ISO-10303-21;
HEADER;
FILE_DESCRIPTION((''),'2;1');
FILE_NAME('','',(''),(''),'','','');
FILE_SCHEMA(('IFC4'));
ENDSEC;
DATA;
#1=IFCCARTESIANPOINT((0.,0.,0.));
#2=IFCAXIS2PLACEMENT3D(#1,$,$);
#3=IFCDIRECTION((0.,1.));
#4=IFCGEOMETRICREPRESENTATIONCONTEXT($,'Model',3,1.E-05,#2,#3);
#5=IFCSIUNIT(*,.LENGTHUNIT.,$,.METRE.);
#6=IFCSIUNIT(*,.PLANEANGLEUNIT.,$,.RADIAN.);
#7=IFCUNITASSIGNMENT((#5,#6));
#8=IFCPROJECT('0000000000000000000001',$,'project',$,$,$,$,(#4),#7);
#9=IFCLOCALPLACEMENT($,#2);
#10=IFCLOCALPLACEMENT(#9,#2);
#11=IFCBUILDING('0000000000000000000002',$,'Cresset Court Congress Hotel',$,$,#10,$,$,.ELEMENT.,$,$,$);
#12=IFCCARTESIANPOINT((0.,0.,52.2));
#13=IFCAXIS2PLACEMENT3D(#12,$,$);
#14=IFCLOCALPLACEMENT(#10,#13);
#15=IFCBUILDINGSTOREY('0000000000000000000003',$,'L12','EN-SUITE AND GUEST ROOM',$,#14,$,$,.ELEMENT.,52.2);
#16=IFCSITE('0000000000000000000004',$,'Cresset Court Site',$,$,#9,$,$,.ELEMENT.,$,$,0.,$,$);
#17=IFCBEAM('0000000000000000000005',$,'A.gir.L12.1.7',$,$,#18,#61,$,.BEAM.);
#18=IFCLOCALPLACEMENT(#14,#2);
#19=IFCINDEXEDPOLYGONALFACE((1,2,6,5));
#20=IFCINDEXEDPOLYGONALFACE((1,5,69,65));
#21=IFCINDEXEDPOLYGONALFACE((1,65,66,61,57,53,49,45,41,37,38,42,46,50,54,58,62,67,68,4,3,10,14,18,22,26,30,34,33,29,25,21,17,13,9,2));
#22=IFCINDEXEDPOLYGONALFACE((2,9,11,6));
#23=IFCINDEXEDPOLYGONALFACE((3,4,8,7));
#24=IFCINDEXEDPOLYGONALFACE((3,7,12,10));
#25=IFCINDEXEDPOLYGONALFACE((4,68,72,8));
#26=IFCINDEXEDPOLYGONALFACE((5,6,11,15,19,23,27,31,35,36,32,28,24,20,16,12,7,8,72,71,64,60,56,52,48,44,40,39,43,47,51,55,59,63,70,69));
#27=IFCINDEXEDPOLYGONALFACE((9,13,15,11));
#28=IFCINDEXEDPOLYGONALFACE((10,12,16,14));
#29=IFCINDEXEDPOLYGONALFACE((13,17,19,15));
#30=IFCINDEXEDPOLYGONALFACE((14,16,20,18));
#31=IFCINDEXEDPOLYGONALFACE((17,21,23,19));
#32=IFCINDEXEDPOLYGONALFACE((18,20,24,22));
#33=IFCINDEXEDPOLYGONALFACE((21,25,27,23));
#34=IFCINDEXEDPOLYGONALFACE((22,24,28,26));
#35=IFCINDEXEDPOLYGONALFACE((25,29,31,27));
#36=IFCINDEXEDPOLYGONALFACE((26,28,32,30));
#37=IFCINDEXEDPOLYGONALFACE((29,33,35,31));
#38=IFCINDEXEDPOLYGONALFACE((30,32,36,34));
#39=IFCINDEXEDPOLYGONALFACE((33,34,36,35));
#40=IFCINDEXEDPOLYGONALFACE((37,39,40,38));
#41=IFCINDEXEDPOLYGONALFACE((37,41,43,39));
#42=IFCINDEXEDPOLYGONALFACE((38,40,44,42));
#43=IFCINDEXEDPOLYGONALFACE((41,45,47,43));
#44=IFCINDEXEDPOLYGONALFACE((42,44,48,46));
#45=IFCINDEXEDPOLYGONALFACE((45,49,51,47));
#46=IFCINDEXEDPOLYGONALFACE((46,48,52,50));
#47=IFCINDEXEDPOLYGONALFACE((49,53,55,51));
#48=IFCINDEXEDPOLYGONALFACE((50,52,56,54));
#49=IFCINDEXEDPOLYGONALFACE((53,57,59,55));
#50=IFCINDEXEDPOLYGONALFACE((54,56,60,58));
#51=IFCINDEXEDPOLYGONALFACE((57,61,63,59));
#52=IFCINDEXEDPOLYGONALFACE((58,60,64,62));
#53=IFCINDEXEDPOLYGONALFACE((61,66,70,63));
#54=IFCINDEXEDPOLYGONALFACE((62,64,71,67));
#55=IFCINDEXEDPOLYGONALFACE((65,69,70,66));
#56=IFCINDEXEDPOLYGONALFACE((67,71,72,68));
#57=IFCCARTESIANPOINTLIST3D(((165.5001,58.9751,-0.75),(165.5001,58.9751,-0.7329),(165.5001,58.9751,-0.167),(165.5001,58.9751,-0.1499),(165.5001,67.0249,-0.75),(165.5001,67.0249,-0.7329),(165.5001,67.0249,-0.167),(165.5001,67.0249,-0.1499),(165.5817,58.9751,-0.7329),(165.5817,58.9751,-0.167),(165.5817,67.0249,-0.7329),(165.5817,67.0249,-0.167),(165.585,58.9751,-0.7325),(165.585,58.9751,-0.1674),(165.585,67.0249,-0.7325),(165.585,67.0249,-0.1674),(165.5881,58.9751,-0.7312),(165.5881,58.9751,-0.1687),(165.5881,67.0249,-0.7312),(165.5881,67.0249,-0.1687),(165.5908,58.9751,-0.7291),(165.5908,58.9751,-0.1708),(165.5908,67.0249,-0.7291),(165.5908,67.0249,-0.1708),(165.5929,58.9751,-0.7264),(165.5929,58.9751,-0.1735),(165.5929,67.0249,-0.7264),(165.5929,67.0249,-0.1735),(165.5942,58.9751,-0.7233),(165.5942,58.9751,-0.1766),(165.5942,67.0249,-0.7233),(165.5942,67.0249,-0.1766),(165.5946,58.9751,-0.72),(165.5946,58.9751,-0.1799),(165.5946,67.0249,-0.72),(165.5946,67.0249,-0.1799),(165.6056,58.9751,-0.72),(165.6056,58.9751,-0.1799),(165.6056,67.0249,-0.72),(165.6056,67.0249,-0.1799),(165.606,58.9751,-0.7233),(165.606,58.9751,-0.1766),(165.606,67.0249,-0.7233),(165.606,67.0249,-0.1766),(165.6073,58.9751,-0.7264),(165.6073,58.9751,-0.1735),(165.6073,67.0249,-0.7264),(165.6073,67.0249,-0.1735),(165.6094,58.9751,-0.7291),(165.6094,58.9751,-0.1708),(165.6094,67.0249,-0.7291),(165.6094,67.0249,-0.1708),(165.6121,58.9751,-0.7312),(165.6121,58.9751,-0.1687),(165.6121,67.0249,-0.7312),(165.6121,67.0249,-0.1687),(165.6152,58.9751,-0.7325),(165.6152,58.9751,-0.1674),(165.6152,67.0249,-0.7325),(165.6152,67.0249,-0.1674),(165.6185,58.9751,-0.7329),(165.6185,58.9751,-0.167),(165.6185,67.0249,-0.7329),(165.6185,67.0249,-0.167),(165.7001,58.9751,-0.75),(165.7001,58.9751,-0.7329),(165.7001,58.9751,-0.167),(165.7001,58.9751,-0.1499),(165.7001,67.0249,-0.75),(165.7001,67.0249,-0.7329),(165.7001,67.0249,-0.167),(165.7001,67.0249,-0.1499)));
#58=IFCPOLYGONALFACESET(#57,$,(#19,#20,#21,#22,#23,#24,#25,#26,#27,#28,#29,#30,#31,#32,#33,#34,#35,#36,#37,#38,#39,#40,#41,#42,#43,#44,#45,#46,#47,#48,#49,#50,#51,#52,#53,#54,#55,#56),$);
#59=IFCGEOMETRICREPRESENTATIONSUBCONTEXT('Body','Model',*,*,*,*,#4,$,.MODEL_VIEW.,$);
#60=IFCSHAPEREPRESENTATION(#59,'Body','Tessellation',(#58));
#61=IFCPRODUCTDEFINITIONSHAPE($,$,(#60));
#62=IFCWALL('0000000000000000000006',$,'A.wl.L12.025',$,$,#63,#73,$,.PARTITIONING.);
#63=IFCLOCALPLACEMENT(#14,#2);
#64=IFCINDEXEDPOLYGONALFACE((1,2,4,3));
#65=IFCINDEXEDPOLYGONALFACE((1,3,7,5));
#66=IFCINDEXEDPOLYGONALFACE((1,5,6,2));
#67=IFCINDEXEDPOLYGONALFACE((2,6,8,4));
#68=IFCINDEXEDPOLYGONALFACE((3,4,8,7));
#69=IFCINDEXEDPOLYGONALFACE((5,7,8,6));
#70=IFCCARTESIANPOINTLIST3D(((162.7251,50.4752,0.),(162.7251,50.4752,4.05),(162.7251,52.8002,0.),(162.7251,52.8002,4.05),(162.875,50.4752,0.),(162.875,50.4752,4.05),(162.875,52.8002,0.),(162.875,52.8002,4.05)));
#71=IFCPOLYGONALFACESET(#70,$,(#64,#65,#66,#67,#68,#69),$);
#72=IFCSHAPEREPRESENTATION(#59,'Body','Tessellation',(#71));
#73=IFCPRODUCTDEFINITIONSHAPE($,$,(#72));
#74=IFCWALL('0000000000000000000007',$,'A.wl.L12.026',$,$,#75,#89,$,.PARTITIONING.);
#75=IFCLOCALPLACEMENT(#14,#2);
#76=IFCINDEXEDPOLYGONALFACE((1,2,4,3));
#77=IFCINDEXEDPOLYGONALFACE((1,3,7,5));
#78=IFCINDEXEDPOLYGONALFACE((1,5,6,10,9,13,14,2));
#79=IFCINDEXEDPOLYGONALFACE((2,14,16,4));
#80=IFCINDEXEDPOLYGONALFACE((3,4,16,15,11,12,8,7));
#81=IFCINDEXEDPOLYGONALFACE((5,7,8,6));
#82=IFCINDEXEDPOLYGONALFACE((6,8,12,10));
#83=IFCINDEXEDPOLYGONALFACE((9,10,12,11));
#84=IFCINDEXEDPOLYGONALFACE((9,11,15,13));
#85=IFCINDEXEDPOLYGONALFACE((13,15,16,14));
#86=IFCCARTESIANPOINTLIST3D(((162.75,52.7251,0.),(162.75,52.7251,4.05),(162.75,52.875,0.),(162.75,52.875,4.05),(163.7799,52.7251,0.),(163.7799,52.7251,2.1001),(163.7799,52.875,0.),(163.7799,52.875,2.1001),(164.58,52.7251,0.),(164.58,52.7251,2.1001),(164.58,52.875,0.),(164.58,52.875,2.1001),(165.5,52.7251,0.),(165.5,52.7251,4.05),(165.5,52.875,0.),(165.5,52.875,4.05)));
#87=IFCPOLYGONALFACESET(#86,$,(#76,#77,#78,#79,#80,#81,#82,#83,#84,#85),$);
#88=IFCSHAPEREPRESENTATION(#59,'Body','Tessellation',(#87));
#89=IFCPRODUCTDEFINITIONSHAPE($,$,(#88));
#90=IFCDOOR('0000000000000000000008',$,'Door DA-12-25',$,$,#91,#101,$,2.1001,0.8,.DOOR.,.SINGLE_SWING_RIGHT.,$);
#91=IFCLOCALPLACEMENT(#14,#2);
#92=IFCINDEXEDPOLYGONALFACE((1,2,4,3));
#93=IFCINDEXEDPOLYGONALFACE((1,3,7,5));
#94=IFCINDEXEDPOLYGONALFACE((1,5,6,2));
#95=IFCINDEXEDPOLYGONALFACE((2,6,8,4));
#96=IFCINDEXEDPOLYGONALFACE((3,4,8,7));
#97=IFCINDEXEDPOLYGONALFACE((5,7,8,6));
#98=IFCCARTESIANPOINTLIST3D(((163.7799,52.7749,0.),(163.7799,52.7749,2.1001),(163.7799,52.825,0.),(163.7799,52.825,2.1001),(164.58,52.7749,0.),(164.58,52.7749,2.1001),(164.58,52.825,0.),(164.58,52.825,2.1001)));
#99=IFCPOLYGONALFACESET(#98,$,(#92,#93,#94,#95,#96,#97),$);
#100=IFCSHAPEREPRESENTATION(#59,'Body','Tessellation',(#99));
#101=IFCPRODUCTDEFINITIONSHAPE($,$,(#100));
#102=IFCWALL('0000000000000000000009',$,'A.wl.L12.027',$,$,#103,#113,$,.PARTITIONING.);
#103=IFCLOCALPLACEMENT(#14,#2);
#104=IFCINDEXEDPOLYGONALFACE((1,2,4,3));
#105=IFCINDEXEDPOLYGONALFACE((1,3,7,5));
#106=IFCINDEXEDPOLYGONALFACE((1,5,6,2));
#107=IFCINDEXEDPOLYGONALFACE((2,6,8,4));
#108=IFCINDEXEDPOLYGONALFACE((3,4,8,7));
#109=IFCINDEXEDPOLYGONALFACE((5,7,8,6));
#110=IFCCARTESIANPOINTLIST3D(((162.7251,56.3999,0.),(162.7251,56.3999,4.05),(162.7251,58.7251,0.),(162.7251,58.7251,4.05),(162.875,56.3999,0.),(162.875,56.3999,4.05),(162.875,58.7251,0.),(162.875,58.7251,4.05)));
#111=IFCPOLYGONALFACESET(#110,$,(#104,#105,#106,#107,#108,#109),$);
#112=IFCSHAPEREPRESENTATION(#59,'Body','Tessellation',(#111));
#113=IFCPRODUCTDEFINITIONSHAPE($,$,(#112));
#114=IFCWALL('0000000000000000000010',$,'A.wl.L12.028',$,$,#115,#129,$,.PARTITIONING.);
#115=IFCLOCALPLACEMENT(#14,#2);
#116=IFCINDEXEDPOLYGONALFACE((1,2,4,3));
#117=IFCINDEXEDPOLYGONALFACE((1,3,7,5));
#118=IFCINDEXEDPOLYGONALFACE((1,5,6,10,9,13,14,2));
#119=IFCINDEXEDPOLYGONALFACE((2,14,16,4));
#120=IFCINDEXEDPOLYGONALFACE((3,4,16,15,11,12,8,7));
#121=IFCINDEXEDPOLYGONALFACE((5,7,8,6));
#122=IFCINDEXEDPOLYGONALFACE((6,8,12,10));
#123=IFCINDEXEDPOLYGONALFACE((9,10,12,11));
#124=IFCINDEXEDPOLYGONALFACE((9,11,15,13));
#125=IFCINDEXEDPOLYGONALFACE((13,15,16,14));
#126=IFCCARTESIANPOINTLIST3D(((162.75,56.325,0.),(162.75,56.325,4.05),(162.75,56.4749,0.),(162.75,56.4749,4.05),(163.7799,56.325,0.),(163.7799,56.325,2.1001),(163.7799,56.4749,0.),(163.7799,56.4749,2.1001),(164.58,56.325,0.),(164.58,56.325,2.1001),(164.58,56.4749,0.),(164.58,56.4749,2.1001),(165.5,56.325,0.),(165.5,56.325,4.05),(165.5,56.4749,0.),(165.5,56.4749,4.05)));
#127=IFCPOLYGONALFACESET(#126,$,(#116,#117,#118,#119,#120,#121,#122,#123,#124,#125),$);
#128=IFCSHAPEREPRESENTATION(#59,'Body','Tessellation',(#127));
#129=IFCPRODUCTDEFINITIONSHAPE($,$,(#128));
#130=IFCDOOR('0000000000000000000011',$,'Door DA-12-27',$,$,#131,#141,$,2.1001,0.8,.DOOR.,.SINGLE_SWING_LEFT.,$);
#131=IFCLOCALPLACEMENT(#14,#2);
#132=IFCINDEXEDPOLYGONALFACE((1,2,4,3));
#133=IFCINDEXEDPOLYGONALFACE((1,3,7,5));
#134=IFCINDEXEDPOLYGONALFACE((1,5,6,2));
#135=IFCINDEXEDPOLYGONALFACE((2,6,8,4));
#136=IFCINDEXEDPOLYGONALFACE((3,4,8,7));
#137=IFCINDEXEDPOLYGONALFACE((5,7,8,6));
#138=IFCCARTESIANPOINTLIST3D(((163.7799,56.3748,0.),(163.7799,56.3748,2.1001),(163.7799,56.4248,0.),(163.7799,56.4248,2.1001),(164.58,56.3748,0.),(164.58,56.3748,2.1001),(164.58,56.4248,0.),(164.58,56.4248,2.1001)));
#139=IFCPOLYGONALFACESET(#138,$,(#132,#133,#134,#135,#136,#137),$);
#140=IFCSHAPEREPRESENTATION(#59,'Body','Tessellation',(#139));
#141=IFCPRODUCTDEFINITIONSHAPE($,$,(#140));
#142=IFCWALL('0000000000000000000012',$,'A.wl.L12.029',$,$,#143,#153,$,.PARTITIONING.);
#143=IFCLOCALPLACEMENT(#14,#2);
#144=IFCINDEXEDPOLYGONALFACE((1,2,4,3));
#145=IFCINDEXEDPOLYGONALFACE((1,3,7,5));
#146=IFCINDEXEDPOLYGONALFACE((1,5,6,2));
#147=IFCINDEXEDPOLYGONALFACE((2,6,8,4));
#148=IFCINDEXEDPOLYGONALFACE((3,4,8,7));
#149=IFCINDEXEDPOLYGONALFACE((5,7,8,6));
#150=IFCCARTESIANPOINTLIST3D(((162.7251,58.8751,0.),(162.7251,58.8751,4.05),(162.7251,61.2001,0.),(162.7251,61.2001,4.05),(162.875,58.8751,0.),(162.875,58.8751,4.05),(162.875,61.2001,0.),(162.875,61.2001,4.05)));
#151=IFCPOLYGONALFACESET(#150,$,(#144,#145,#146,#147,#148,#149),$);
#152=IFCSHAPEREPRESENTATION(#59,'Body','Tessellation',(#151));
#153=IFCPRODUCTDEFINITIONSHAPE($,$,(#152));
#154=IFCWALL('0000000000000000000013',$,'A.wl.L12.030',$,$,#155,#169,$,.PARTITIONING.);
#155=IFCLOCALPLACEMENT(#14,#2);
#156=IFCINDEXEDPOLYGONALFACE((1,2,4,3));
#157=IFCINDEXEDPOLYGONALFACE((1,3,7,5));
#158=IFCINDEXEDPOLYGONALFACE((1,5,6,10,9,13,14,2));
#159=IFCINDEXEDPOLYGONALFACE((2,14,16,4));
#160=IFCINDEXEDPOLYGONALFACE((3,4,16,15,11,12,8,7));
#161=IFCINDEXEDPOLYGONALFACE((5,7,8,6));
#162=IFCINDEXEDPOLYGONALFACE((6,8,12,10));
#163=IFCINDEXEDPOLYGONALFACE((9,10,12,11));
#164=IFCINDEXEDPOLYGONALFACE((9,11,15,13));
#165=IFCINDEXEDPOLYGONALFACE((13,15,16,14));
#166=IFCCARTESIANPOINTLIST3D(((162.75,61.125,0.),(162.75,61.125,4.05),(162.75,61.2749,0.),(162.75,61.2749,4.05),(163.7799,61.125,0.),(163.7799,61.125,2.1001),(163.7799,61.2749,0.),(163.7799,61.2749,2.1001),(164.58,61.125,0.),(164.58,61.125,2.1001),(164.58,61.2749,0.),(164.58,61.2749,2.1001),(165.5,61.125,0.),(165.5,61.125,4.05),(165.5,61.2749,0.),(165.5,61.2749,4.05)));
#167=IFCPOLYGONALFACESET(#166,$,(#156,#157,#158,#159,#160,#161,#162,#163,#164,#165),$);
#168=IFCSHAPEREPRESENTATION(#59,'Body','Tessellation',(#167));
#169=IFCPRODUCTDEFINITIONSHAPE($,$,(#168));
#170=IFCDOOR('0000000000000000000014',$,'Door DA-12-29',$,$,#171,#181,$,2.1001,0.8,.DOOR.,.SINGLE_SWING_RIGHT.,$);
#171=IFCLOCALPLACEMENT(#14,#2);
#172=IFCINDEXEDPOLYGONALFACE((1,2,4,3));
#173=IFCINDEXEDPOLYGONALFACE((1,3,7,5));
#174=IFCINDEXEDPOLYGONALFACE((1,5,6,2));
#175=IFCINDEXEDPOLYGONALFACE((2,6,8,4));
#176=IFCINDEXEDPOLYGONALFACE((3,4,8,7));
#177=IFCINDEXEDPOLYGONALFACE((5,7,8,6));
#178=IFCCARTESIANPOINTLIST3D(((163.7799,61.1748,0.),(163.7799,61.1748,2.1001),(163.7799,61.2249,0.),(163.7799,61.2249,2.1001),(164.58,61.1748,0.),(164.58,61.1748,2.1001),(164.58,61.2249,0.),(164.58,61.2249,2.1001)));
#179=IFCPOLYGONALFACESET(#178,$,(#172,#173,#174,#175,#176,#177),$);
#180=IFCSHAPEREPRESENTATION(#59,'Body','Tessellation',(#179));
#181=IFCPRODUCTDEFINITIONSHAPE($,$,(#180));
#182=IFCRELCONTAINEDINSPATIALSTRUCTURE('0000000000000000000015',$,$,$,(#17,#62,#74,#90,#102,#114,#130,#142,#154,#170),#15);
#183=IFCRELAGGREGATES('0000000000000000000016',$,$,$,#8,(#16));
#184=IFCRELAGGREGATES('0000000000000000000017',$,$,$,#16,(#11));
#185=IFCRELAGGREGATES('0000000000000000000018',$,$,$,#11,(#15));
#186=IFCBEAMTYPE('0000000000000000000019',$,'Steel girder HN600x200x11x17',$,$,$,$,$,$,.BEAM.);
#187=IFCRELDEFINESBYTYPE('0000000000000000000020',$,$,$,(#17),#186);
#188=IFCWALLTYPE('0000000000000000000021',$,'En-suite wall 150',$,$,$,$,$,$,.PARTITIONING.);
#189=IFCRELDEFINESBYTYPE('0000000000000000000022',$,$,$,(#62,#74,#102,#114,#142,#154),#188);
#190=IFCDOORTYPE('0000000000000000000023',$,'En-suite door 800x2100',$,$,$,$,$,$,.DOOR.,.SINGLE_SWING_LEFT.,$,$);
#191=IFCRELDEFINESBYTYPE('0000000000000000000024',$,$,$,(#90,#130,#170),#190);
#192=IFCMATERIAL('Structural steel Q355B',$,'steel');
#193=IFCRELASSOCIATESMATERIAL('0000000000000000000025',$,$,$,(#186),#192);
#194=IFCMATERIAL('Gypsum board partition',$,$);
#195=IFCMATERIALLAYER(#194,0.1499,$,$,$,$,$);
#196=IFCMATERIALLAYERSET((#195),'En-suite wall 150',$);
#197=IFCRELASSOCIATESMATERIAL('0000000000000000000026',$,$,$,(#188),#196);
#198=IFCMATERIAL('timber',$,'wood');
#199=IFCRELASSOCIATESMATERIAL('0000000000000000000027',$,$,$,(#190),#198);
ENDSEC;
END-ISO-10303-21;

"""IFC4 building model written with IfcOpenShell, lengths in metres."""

from ifc_helpers import new_model, si_unit, direction, frame, frame_2d, origin, origin_2d, place, context, subcontext, project, spatial, rectangle, i_section, extrude, material, layer, layer_set, material_profile, profile_set, type_object, element, fill, save


model = new_model("IFC4")

# Units and contexts
model_context = context("Model", 3, precision=1e-05, world=origin(), true_north=direction((0.0, 1.0)))
body_context = subcontext(model_context, "Body", "Model", "MODEL_VIEW")
ifc_project = project(units=[si_unit("LENGTHUNIT", "METRE"), si_unit("PLANEANGLEUNIT", "RADIAN")], contexts=[model_context])

# Site, building, storey
site_placement = place(None, origin())
site = spatial("IfcSite", under=ifc_project, at=site_placement, Name="Cresset Court Site", CompositionType="ELEMENT", RefElevation=0.0)
building_placement = place(site_placement, origin())
building = spatial("IfcBuilding", under=site, at=building_placement, Name="Cresset Court Congress Hotel", CompositionType="ELEMENT")
storey_placement = place(building_placement, frame((0.0, 0.0, 52.2)))
storey = spatial("IfcBuildingStorey", under=building, at=storey_placement, Name="L12", Description="EN-SUITE AND GUEST ROOM", CompositionType="ELEMENT", Elevation=52.2)

# Beam
ifc_material_1 = material(Name="Structural steel Q355B", Category="steel")
ifc_material_profile_1 = material_profile(ifc_material_1, i_section(OverallWidth=0.2, OverallDepth=0.6001, WebThickness=0.011, FlangeThickness=0.0171, FilletRadius=0.0129, at=origin_2d()), Name="HN600x200x11x17")
ifc_profile_set_1 = profile_set([ifc_material_profile_1], Name="Structural steel Q355B")
beam_type = type_object("IfcBeamType", Name="Steel girder HN600x200x11x17", PredefinedType="BEAM", material=ifc_profile_set_1)
beam_1_placement = place(storey_placement, frame((165.6001, 58.9751, -0.45), z_axis=(0.0, 1.0, 0.0), x_axis=(-1.0, 0.0, 0.0)))
element("IfcBeam", 1, at=beam_1_placement, inside=storey, type_object=beam_type, Name="A.gir.L12.1.7", PredefinedType="BEAM", context=body_context, shape_type="SweptSolid", body=[
    extrude(i_section(OverallWidth=0.2, OverallDepth=0.6001, WebThickness=0.011, FlangeThickness=0.0171, FilletRadius=0.0129, at=origin_2d()), origin(), (0.0, 0.0, 1.0), 8.0498),
])

# Wall
ifc_material_2 = material(Name="Gypsum board partition")
ifc_layer = layer(ifc_material_2, 0.1499)
ifc_layer_set = layer_set([ifc_layer], Name="En-suite wall 150")
wall_type = type_object("IfcWallType", Name="En-suite wall 150", PredefinedType="PARTITIONING", material=ifc_layer_set)
wall_1_placement = place(storey_placement, frame((162.8, 50.4751, 0.0), z_axis=(0.0, 0.0, 1.0), x_axis=(0.0, 1.0, 0.0)))
element("IfcWall", 2, at=wall_1_placement, inside=storey, type_object=wall_type, Name="A.wl.L12.025", PredefinedType="PARTITIONING", context=body_context, shape_type="SweptSolid", body=[
    extrude(rectangle(XDim=2.325, YDim=0.1499, at=frame_2d((1.1626, 0.0))), origin(), (0.0, 0.0, 1.0), 4.05),
])

# Wall, opening, door
wall_2_placement = place(storey_placement, frame((162.75, 52.8, 0.0), z_axis=(0.0, 0.0, 1.0), x_axis=(1.0, 0.0, 0.0)))
wall_2 = element("IfcWall", 3, at=wall_2_placement, inside=storey, type_object=wall_type, Name="A.wl.L12.026", PredefinedType="PARTITIONING", context=body_context, shape_type="SweptSolid", body=[
    extrude(rectangle(XDim=2.75, YDim=0.1499, at=frame_2d((1.375, 0.0))), origin(), (0.0, 0.0, 1.0), 4.05),
])
opening_1_placement = place(wall_2_placement, frame((1.03, 0.0, 0.0)))
opening_1 = element("IfcOpeningElement", 4, at=opening_1_placement, cuts=wall_2, PredefinedType="OPENING", context=body_context, shape_type="SweptSolid", body=[
    extrude(rectangle(XDim=0.8, YDim=2.1001, at=frame_2d((0.3999, 1.05))), frame((0.0, 0.085, 0.0), z_axis=(0.0, -1.0, 0.0), x_axis=(1.0, 0.0, 0.0)), (0.0, 0.0, 1.0), 0.1699),
])
ifc_material_3 = material(Name="timber", Category="wood")
door_type = type_object("IfcDoorType", Name="En-suite door 800x2100", OperationType="SINGLE_SWING_LEFT", PredefinedType="DOOR", material=ifc_material_3)
door_1_placement = place(opening_1_placement, origin())
door_1 = element("IfcDoor", 5, at=door_1_placement, inside=storey, type_object=door_type, Name="Door DA-12-25", OperationType="SINGLE_SWING_RIGHT", OverallHeight=2.1001, OverallWidth=0.8, PredefinedType="DOOR", context=body_context, shape_type="SweptSolid", body=[
    extrude(rectangle(XDim=0.8, YDim=2.1001, at=frame_2d((0.3999, 1.05))), frame((0.0, 0.0249, 0.0), z_axis=(0.0, -1.0, 0.0), x_axis=(1.0, 0.0, 0.0)), (0.0, 0.0, 1.0), 0.05),
])
fill(opening_1, door_1)

# Wall
wall_3_placement = place(storey_placement, frame((162.8, 56.3999, 0.0), z_axis=(0.0, 0.0, 1.0), x_axis=(0.0, 1.0, 0.0)))
element("IfcWall", 6, at=wall_3_placement, inside=storey, type_object=wall_type, Name="A.wl.L12.027", PredefinedType="PARTITIONING", context=body_context, shape_type="SweptSolid", body=[
    extrude(rectangle(XDim=2.3252, YDim=0.1499, at=frame_2d((1.1626, 0.0))), origin(), (0.0, 0.0, 1.0), 4.05),
])

# Wall, opening, door
wall_4_placement = place(storey_placement, frame((162.75, 56.3999, 0.0), z_axis=(0.0, 0.0, 1.0), x_axis=(1.0, 0.0, 0.0)))
wall_4 = element("IfcWall", 7, at=wall_4_placement, inside=storey, type_object=wall_type, Name="A.wl.L12.028", PredefinedType="PARTITIONING", context=body_context, shape_type="SweptSolid", body=[
    extrude(rectangle(XDim=2.75, YDim=0.1499, at=frame_2d((1.375, 0.0))), origin(), (0.0, 0.0, 1.0), 4.05),
])
opening_2_placement = place(wall_4_placement, frame((1.03, 0.0, 0.0)))
opening_2 = element("IfcOpeningElement", 8, at=opening_2_placement, cuts=wall_4, PredefinedType="OPENING", context=body_context, shape_type="SweptSolid", body=[
    extrude(rectangle(XDim=0.8, YDim=2.1001, at=frame_2d((0.3999, 1.05))), frame((0.0, 0.085, 0.0), z_axis=(0.0, -1.0, 0.0), x_axis=(1.0, 0.0, 0.0)), (0.0, 0.0, 1.0), 0.1699),
])
door_2_placement = place(opening_2_placement, origin())
door_2 = element("IfcDoor", 9, at=door_2_placement, inside=storey, type_object=door_type, Name="Door DA-12-27", OperationType="SINGLE_SWING_LEFT", OverallHeight=2.1001, OverallWidth=0.8, PredefinedType="DOOR", context=body_context, shape_type="SweptSolid", body=[
    extrude(rectangle(XDim=0.8, YDim=2.1001, at=frame_2d((0.3999, 1.05))), frame((0.0, 0.0249, 0.0), z_axis=(0.0, -1.0, 0.0), x_axis=(1.0, 0.0, 0.0)), (0.0, 0.0, 1.0), 0.05),
])
fill(opening_2, door_2)

# Wall
wall_5_placement = place(storey_placement, frame((162.8, 58.875, 0.0), z_axis=(0.0, 0.0, 1.0), x_axis=(0.0, 1.0, 0.0)))
element("IfcWall", 10, at=wall_5_placement, inside=storey, type_object=wall_type, Name="A.wl.L12.029", PredefinedType="PARTITIONING", context=body_context, shape_type="SweptSolid", body=[
    extrude(rectangle(XDim=2.325, YDim=0.1499, at=frame_2d((1.1626, 0.0))), origin(), (0.0, 0.0, 1.0), 4.05),
])

# Wall, opening, door
wall_6_placement = place(storey_placement, frame((162.75, 61.2, 0.0), z_axis=(0.0, 0.0, 1.0), x_axis=(1.0, 0.0, 0.0)))
wall_6 = element("IfcWall", 11, at=wall_6_placement, inside=storey, type_object=wall_type, Name="A.wl.L12.030", PredefinedType="PARTITIONING", context=body_context, shape_type="SweptSolid", body=[
    extrude(rectangle(XDim=2.75, YDim=0.1499, at=frame_2d((1.375, 0.0))), origin(), (0.0, 0.0, 1.0), 4.05),
])
opening_3_placement = place(wall_6_placement, frame((1.03, 0.0, 0.0)))
opening_3 = element("IfcOpeningElement", 12, at=opening_3_placement, cuts=wall_6, PredefinedType="OPENING", context=body_context, shape_type="SweptSolid", body=[
    extrude(rectangle(XDim=0.8, YDim=2.1001, at=frame_2d((0.3999, 1.05))), frame((0.0, 0.085, 0.0), z_axis=(0.0, -1.0, 0.0), x_axis=(1.0, 0.0, 0.0)), (0.0, 0.0, 1.0), 0.1699),
])
door_3_placement = place(opening_3_placement, origin())
door_3 = element("IfcDoor", 13, at=door_3_placement, inside=storey, type_object=door_type, Name="Door DA-12-29", OperationType="SINGLE_SWING_RIGHT", OverallHeight=2.1001, OverallWidth=0.8, PredefinedType="DOOR", context=body_context, shape_type="SweptSolid", body=[
    extrude(rectangle(XDim=0.8, YDim=2.1001, at=frame_2d((0.3999, 1.05))), frame((0.0, 0.0249, 0.0), z_axis=(0.0, -1.0, 0.0), x_axis=(1.0, 0.0, 0.0)), (0.0, 0.0, 1.0), 0.05),
])
fill(opening_3, door_3)

save(model, "model.ifc")
